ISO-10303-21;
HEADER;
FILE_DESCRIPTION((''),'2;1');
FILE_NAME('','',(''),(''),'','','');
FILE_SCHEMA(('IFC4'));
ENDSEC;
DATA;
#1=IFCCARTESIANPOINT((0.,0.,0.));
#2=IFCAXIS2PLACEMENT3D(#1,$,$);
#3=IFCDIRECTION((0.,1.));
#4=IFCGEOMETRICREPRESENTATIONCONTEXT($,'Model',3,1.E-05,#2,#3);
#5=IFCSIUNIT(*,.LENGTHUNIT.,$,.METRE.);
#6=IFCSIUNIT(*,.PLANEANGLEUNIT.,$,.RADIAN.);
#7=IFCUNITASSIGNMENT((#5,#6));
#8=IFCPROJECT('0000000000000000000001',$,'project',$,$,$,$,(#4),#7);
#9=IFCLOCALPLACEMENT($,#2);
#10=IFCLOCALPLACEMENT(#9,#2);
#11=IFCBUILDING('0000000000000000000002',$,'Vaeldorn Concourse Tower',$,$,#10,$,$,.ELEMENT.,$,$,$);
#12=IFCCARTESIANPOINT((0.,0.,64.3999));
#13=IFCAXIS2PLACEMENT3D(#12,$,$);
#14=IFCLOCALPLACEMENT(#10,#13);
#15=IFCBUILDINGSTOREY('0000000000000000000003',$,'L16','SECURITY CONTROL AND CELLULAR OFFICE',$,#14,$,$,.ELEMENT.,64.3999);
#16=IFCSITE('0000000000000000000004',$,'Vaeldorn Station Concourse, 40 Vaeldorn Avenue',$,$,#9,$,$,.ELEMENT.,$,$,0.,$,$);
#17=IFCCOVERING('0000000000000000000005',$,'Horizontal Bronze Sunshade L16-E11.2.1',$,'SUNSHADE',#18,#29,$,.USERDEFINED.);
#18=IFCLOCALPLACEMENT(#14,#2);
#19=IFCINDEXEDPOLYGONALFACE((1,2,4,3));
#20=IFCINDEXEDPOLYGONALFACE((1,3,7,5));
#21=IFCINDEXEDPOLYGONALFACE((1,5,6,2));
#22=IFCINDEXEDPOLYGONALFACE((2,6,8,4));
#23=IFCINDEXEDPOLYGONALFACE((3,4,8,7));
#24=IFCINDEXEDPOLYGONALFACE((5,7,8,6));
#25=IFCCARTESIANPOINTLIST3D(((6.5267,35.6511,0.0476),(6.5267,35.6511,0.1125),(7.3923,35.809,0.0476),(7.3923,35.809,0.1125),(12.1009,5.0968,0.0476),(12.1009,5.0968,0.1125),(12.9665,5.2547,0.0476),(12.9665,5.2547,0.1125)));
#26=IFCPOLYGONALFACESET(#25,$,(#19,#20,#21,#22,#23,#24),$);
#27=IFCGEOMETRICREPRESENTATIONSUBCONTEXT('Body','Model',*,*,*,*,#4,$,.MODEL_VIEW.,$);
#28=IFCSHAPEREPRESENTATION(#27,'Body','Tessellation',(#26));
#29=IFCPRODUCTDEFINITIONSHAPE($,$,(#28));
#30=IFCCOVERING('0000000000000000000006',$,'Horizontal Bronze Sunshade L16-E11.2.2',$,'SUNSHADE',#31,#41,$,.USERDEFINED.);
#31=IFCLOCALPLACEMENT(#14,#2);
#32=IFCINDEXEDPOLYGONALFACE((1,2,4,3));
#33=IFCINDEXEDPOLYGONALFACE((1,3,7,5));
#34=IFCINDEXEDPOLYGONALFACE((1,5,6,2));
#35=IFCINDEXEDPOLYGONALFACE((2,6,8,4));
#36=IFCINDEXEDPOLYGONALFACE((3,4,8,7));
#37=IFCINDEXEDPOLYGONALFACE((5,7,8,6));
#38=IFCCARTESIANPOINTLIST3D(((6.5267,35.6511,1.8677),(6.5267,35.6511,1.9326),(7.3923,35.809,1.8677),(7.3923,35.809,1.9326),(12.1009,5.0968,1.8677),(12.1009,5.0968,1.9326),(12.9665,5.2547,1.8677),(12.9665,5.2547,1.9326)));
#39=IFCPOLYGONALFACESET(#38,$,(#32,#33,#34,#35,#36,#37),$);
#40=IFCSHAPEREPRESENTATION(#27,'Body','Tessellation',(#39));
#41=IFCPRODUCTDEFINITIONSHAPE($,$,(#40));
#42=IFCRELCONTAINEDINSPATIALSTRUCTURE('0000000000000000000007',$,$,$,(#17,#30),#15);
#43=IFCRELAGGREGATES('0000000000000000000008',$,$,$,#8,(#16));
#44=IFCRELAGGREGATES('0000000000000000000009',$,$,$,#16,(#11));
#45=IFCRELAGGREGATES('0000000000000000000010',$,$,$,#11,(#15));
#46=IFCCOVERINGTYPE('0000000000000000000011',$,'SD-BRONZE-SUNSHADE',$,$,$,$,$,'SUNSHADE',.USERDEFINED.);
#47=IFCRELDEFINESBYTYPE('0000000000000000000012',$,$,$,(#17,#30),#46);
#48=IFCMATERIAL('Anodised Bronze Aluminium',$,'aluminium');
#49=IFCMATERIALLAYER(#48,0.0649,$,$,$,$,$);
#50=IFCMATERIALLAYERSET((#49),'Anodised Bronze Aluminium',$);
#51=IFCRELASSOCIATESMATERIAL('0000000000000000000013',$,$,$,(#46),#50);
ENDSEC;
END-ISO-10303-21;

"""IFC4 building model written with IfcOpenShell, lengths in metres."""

from ifc_helpers import new_model, si_unit, direction, frame, origin, origin_2d, place, context, subcontext, project, spatial, rectangle, extrude, source, transform, mapped, material, layer, layer_set, type_object, element, save


model = new_model("IFC4")

# Units and contexts
model_context = context("Model", 3, precision=1e-05, world=origin(), true_north=direction((0.0, 1.0)))
body_context = subcontext(model_context, "Body", "Model", "MODEL_VIEW")
ifc_project = project(units=[si_unit("LENGTHUNIT", "METRE"), si_unit("PLANEANGLEUNIT", "RADIAN")], contexts=[model_context])

# Site, building, storey
site_placement = place(None, origin())
site = spatial("IfcSite", under=ifc_project, at=site_placement, Name="Vaeldorn Station Concourse, 40 Vaeldorn Avenue", CompositionType="ELEMENT", RefElevation=0.0)
building_placement = place(site_placement, origin())
building = spatial("IfcBuilding", under=site, at=building_placement, Name="Vaeldorn Concourse Tower", CompositionType="ELEMENT")
storey_placement = place(building_placement, frame((0.0, 0.0, 64.3999)))
storey = spatial("IfcBuildingStorey", under=building, at=storey_placement, Name="L16", Description="SECURITY CONTROL AND CELLULAR OFFICE", CompositionType="ELEMENT", Elevation=64.3999)

# Shared definitions
ifc_material_1 = material(Name="Anodised Bronze Aluminium", Category="aluminium")

# Coverings
ifc_layer_1 = layer(ifc_material_1, 0.0649)
ifc_layer_set_1 = layer_set([ifc_layer_1], Name="Anodised Bronze Aluminium")
covering_type = type_object("IfcCoveringType", Name="SD-BRONZE-SUNSHADE", ElementType="SUNSHADE", PredefinedType="USERDEFINED", material=ifc_layer_set_1)
shared_shape_1 = source(origin(), body_context, "Body", "SweptSolid", [
    extrude(rectangle(XDim=31.0586, YDim=0.8799, at=origin_2d()), origin(), (0.0, 0.0, 1.0), 0.0649),
])
for number, where, z_axis, x_axis, name in (
    (1, (9.7466, 20.4529, 0.0476), (0.0, 0.0, 1.0), (0.179472, -0.983763, 0.0), "Horizontal Bronze Sunshade L16-E11.2.1"),
    (2, (9.7466, 20.4529, 1.8677), (0.0, 0.0, 1.0), (0.179472, -0.983763, 0.0), "Horizontal Bronze Sunshade L16-E11.2.2"),
):
    element("IfcCovering", number, at=place(storey_placement, frame(where, z_axis=z_axis, x_axis=x_axis)), inside=storey, type_object=covering_type, Name=name, ObjectType="SUNSHADE", PredefinedType="USERDEFINED", context=body_context, shape_type="MappedRepresentation", body=[
        mapped(shared_shape_1, transform((0.0, 0.0, 0.0), scale=1.0)),
    ])

save(model, "model.ifc")
